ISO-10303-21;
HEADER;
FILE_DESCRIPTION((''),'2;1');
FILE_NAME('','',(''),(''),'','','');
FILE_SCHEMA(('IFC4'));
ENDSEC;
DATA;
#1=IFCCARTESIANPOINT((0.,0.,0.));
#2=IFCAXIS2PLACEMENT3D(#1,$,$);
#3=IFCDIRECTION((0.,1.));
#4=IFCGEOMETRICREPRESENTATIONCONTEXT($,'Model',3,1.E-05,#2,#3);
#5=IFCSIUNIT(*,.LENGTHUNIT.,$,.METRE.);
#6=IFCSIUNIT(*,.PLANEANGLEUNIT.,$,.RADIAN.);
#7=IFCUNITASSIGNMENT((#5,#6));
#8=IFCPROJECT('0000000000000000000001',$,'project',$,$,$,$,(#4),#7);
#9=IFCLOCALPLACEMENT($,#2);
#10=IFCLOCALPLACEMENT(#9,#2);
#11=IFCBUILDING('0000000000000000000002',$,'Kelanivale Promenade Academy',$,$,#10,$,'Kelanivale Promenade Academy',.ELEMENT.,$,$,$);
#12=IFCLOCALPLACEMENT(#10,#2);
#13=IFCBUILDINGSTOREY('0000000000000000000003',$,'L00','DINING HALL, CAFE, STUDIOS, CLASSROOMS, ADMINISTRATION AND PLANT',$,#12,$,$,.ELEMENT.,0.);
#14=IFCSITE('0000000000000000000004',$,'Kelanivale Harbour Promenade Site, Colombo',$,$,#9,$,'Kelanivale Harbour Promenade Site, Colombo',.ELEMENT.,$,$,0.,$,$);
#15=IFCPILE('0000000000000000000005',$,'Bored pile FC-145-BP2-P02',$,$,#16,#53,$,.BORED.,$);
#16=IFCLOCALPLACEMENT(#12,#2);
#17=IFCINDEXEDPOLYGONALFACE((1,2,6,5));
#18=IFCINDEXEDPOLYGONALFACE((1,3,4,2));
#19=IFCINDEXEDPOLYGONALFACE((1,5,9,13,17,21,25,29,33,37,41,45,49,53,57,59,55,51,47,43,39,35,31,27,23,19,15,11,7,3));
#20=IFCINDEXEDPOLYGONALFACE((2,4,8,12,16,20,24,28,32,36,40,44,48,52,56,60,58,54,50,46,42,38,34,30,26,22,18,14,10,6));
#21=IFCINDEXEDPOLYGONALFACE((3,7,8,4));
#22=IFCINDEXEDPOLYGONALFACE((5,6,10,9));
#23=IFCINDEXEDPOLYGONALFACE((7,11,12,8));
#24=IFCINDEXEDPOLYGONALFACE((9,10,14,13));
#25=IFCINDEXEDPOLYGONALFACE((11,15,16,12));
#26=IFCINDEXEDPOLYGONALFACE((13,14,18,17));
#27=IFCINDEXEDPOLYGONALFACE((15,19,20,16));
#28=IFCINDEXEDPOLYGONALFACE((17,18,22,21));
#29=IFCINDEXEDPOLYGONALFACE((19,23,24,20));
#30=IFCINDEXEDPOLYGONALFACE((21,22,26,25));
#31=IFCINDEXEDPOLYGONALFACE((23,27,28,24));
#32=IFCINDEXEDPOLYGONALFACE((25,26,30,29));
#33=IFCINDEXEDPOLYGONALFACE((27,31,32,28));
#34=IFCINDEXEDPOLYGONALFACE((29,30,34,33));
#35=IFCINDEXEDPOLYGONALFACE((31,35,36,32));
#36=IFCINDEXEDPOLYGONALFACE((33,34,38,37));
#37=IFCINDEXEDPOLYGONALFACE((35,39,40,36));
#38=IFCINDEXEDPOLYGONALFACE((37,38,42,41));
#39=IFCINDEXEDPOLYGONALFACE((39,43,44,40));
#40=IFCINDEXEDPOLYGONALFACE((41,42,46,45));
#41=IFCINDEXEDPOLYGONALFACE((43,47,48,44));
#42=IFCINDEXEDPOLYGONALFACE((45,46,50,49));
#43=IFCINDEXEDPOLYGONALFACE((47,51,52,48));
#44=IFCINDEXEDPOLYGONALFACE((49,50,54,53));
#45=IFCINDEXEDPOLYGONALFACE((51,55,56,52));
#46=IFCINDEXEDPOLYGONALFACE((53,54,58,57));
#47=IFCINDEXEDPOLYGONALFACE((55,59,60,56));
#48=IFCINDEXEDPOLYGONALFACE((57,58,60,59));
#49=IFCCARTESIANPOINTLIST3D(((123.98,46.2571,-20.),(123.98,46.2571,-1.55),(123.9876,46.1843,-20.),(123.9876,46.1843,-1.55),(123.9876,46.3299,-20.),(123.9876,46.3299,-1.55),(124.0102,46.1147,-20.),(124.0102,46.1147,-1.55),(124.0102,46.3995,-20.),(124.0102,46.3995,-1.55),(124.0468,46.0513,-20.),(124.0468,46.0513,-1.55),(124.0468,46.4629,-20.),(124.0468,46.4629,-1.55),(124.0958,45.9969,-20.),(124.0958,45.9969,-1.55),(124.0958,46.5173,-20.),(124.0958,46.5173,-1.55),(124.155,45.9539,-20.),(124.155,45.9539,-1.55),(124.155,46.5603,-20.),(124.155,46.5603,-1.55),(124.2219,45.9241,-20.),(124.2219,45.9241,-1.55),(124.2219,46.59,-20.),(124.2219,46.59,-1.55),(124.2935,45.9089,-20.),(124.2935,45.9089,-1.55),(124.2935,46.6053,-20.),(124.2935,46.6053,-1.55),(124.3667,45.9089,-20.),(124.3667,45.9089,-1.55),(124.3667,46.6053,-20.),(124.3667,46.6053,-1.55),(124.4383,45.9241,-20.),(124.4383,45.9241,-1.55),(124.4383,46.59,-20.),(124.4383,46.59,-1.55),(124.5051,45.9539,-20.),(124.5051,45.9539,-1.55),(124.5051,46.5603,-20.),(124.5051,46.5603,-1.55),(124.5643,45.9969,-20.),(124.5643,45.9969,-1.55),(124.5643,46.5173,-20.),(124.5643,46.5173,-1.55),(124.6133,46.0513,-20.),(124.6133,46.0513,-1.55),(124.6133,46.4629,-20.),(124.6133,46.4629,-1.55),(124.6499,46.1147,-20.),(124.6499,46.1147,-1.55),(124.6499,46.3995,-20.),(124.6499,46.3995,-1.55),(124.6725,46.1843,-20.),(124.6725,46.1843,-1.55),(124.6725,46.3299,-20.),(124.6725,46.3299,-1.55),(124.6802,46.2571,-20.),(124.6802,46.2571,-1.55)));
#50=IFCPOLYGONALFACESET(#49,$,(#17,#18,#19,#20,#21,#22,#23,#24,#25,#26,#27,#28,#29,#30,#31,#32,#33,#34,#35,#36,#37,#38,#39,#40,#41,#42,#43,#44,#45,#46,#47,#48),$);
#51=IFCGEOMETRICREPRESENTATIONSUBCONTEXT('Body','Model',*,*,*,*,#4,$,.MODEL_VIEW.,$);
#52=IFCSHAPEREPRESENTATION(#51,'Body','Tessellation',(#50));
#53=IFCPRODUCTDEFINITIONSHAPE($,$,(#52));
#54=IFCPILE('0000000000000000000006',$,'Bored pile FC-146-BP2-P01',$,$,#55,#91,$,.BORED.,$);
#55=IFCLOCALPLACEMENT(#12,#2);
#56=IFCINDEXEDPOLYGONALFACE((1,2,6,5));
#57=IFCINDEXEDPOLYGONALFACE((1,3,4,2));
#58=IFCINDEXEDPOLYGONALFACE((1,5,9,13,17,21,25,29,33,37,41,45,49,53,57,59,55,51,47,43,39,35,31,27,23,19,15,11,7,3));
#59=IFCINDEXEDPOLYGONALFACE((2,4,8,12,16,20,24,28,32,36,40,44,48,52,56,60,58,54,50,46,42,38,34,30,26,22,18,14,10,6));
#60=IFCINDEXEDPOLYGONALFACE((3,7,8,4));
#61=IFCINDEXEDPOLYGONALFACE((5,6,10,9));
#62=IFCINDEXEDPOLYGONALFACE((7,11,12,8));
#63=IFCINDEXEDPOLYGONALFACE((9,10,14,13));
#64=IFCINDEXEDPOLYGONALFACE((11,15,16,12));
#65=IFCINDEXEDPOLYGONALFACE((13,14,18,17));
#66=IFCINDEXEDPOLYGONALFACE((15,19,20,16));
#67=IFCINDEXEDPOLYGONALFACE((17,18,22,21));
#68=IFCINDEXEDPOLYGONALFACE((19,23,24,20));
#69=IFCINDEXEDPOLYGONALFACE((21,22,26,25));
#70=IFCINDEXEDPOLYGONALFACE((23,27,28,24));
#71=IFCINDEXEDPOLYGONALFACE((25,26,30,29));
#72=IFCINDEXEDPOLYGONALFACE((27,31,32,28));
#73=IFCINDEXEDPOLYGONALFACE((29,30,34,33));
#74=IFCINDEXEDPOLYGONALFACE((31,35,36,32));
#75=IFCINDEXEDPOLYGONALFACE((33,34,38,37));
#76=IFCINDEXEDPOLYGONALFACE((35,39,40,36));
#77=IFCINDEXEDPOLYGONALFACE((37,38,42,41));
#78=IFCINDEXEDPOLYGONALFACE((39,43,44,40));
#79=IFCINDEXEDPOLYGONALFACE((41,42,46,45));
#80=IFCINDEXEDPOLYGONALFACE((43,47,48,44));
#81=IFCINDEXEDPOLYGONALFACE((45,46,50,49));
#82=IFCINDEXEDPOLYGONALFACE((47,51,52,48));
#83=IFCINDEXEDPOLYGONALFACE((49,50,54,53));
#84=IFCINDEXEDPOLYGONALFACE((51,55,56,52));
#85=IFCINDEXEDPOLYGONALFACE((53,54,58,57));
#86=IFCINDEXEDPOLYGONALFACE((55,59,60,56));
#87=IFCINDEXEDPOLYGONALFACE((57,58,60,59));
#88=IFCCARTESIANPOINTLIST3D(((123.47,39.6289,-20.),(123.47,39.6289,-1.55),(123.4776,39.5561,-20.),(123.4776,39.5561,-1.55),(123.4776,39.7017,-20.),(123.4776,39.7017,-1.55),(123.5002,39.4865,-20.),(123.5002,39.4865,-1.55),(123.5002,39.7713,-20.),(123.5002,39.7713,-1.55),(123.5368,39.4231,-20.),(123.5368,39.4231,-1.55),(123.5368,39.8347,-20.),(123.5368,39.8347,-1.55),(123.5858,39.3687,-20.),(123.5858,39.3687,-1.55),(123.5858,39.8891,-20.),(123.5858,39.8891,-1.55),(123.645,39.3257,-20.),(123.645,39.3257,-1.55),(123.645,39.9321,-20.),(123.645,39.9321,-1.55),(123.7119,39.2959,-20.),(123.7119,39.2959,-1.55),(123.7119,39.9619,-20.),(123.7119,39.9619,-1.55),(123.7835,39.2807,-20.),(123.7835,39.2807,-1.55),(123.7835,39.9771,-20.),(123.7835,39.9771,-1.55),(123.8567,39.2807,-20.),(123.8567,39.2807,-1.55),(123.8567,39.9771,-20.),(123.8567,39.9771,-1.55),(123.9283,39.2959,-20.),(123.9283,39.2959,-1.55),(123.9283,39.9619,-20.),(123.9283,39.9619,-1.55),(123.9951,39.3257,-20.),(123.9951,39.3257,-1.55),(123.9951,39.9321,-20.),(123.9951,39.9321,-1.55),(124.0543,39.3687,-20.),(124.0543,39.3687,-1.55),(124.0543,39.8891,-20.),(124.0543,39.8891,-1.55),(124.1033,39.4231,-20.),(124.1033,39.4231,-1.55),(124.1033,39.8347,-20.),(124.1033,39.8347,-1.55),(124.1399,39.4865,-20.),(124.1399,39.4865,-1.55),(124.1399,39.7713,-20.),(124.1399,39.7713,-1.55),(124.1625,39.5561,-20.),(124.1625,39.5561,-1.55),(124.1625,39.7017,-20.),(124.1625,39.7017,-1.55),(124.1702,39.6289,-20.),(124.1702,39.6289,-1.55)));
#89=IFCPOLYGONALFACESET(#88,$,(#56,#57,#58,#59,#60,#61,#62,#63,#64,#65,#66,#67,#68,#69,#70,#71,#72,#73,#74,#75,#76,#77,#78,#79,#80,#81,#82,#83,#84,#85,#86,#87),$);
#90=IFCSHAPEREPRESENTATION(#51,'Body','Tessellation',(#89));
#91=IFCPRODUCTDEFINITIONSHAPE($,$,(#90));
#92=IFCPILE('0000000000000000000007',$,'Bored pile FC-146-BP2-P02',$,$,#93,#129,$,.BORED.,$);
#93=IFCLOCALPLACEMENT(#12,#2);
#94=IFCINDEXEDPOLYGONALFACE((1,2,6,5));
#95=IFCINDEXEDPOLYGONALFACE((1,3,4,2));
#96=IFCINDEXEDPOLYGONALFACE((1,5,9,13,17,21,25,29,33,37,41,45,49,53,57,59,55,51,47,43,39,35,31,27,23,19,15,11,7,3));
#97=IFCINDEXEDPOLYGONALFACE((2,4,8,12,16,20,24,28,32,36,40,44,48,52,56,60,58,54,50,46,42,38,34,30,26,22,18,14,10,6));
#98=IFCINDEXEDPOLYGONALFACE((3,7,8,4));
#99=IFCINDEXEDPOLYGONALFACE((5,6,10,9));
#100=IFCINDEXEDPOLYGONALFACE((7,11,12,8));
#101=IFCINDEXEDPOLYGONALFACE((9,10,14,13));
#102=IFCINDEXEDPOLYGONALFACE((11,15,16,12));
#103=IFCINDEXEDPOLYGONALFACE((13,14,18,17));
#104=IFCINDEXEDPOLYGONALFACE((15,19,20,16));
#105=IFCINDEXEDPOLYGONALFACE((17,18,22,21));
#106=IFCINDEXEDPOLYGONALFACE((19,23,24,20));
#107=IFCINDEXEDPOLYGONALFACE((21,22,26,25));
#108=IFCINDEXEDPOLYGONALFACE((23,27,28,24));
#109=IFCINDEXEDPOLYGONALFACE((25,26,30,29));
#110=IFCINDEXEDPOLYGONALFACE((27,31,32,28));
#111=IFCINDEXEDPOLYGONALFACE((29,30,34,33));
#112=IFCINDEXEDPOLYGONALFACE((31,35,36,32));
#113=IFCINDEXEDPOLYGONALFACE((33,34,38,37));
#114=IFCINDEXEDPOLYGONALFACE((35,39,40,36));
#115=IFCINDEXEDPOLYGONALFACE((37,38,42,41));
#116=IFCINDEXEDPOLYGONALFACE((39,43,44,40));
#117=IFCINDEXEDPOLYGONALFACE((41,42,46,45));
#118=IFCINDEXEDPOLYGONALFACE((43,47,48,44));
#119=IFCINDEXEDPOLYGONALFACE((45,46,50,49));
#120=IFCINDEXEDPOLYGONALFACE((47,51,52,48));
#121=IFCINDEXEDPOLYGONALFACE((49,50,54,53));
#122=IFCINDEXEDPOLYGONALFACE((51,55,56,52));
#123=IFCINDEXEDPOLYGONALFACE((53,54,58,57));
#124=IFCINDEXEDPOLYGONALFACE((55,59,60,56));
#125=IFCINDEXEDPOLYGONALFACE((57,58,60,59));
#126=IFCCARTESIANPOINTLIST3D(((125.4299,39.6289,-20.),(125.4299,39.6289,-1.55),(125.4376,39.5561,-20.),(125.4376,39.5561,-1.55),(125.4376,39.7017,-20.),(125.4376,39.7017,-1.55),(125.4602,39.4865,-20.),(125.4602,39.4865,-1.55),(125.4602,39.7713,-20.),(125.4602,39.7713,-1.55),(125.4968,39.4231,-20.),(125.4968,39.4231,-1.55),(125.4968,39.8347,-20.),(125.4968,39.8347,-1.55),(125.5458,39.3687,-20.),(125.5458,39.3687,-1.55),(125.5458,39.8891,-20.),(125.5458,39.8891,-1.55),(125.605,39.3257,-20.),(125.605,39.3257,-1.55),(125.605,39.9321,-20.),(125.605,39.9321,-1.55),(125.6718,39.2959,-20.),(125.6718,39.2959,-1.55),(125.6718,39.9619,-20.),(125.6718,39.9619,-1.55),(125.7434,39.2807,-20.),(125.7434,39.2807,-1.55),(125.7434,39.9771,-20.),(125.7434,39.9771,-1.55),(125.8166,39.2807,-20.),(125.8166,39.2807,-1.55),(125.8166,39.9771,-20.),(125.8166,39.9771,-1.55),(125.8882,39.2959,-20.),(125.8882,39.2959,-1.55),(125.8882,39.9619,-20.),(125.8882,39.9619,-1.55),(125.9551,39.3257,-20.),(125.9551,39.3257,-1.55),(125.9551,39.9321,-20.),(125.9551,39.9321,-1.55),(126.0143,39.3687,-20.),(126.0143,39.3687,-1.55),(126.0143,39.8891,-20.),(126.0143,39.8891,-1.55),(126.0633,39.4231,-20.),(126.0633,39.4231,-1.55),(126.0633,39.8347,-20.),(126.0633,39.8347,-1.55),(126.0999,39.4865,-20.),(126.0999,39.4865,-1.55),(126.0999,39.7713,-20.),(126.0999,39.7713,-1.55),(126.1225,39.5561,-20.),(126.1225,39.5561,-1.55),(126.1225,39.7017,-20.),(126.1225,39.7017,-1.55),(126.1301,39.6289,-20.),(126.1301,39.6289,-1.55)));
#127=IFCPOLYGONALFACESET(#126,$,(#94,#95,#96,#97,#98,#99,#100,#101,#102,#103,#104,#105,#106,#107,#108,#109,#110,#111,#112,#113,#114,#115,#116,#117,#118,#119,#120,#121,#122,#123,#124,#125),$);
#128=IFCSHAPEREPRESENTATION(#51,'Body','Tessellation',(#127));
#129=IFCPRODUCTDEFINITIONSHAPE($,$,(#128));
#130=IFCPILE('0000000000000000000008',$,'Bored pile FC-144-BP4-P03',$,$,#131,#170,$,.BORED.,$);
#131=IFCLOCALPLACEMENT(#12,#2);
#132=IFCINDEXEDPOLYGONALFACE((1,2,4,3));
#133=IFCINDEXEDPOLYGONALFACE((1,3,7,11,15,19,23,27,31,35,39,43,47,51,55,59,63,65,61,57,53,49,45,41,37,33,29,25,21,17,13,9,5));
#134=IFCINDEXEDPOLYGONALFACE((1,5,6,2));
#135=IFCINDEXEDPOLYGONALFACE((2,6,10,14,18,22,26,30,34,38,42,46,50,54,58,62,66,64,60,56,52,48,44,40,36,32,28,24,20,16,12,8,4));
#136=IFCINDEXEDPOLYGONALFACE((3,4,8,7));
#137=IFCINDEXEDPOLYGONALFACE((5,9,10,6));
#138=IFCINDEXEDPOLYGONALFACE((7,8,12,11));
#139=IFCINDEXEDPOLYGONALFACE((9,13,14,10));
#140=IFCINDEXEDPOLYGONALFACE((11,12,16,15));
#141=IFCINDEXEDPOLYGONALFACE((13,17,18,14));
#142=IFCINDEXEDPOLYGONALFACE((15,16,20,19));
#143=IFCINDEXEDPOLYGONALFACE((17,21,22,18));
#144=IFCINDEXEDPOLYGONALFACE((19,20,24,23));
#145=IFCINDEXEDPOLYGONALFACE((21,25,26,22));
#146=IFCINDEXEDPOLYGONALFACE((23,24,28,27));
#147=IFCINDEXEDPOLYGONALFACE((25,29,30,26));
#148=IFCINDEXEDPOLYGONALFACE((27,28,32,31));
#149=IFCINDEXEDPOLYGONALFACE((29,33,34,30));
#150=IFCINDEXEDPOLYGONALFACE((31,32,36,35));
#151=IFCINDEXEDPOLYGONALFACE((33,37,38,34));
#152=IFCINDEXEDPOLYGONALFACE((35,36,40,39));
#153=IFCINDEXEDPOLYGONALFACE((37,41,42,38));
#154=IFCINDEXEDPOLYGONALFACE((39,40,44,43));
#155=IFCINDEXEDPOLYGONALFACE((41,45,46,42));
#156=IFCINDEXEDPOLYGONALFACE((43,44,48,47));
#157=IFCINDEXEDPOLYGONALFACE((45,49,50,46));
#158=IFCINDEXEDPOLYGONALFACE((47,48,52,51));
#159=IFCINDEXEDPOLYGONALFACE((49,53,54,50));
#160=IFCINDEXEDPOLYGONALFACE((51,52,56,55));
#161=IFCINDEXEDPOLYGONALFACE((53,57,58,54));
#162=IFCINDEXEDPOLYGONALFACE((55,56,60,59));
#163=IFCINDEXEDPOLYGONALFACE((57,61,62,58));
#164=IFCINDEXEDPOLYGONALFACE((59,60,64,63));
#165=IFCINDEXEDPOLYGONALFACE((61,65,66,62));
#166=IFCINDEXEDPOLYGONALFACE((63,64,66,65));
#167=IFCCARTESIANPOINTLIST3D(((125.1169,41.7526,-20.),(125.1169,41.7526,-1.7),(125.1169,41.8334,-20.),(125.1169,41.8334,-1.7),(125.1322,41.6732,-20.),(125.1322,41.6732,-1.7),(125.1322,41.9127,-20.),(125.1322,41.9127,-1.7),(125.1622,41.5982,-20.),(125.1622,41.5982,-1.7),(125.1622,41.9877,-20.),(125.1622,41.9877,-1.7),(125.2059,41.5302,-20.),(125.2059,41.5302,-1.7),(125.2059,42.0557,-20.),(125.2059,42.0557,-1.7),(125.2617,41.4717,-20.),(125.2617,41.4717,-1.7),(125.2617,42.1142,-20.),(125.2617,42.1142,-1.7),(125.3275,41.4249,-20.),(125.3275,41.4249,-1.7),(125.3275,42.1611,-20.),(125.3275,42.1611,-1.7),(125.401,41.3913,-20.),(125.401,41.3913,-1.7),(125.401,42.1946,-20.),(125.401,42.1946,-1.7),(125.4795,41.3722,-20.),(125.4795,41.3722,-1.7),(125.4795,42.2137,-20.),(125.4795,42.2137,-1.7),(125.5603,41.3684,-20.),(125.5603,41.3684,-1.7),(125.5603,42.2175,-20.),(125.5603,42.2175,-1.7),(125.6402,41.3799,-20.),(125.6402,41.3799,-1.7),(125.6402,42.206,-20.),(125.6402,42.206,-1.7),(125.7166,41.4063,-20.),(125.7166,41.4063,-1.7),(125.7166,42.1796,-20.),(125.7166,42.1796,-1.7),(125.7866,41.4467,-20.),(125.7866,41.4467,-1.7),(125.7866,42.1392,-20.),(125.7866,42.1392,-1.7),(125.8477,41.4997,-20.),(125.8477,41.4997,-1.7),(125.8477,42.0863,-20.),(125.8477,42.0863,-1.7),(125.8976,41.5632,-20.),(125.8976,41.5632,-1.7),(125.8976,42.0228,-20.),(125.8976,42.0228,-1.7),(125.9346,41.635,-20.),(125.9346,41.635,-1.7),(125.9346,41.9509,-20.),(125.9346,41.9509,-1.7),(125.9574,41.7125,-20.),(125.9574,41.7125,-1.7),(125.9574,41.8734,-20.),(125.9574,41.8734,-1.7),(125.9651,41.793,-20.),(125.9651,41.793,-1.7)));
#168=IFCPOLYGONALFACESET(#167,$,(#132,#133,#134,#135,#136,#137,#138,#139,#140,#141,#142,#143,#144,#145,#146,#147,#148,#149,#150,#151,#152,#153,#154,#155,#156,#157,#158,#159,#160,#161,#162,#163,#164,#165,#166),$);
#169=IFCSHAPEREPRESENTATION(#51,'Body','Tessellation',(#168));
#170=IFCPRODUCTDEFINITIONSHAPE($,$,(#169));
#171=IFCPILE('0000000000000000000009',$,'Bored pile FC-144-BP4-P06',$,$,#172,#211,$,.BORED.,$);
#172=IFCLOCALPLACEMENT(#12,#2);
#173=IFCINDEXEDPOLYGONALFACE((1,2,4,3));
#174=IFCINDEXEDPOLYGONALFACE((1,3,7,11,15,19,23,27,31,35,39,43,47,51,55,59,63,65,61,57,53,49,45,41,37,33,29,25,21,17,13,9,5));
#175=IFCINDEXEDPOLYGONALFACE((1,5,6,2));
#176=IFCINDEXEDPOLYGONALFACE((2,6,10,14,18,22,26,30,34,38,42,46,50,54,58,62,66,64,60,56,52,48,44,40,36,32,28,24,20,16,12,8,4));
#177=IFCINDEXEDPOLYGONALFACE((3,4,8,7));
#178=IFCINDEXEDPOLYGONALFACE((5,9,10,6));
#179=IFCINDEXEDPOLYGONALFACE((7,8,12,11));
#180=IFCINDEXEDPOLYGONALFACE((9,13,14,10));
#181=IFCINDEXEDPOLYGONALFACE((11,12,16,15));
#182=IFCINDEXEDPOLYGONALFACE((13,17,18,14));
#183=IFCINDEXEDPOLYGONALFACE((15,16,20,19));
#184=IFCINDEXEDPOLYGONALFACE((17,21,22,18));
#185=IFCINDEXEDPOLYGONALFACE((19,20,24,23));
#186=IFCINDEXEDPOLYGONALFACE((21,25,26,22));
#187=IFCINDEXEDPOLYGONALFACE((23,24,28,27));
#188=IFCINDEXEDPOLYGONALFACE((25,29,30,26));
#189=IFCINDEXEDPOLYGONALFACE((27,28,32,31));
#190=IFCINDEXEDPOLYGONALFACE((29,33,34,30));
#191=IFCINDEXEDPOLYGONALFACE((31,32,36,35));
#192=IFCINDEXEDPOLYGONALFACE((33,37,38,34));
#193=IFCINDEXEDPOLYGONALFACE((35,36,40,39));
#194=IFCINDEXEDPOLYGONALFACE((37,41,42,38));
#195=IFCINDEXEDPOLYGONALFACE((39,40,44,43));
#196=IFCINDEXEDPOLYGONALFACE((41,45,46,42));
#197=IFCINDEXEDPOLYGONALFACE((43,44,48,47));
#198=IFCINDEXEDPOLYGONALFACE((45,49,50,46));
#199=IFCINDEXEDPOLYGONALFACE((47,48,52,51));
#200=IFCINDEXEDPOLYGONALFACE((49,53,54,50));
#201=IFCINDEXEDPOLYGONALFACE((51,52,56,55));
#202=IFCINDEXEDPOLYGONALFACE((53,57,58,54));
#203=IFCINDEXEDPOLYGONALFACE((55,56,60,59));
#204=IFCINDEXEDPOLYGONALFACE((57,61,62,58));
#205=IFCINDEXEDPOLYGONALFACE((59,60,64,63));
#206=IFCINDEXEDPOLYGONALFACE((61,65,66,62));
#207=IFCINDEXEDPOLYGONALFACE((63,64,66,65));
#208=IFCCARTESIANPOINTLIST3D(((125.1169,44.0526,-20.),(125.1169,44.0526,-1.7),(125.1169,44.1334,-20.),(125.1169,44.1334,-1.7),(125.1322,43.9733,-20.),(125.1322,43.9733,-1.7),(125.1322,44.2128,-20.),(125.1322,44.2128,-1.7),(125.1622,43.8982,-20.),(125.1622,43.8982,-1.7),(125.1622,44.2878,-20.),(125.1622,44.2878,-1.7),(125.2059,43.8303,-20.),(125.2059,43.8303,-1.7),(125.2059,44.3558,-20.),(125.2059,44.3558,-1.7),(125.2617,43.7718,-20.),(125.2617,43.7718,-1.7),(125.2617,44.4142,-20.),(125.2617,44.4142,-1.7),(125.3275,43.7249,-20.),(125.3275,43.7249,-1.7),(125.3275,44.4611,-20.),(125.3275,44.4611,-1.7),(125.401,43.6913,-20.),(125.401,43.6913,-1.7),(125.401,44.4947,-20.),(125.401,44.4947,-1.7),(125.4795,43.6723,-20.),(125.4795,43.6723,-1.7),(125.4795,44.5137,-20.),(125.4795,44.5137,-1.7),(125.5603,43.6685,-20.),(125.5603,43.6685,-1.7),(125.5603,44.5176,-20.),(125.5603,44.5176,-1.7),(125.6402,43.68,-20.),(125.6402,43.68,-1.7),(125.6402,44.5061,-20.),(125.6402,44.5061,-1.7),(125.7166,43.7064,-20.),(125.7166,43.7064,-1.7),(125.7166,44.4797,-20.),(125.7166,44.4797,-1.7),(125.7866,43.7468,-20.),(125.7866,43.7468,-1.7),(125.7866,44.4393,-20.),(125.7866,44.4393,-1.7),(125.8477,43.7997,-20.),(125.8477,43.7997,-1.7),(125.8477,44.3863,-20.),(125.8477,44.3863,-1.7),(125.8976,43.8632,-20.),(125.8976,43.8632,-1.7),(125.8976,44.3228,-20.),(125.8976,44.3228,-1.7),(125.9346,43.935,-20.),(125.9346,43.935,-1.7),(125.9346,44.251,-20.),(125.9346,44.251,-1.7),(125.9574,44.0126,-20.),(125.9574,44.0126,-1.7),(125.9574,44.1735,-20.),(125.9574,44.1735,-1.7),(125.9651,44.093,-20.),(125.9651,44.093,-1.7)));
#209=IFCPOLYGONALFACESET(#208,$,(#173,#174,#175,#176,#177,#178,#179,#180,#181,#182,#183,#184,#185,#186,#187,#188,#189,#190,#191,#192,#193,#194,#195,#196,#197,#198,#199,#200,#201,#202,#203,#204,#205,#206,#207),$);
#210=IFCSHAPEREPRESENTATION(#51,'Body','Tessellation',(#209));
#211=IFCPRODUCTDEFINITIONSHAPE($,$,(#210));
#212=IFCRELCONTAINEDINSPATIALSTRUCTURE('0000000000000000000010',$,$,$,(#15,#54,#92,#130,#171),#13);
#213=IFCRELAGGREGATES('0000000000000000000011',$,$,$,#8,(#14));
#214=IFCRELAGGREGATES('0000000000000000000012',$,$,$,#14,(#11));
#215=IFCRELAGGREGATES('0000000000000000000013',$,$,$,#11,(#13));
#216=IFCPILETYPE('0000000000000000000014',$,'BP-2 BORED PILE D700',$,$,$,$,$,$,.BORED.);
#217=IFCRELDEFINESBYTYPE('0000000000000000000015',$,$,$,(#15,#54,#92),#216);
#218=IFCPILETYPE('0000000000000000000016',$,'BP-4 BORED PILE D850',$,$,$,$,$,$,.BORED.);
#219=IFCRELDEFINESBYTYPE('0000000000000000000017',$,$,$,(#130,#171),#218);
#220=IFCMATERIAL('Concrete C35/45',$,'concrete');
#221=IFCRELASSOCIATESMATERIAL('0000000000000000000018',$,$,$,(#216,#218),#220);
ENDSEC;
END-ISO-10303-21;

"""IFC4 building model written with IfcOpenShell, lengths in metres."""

from ifc_helpers import new_model, si_unit, direction, frame, origin, origin_2d, place, context, subcontext, project, spatial, circle, extrude, material, material_profile, profile_set, type_object, element, save


model = new_model("IFC4")

# Units and contexts
model_context = context("Model", 3, precision=1e-05, world=origin(), true_north=direction((0.0, 1.0)))
body_context = subcontext(model_context, "Body", "Model", "MODEL_VIEW")
ifc_project = project(units=[si_unit("LENGTHUNIT", "METRE"), si_unit("PLANEANGLEUNIT", "RADIAN")], contexts=[model_context])

# Site, building, storey
site_placement = place(None, origin())
site = spatial("IfcSite", under=ifc_project, at=site_placement, Name="Kelanivale Harbour Promenade Site, Colombo", LongName="Kelanivale Harbour Promenade Site, Colombo", CompositionType="ELEMENT", RefElevation=0.0)
building_placement = place(site_placement, origin())
building = spatial("IfcBuilding", under=site, at=building_placement, Name="Kelanivale Promenade Academy", LongName="Kelanivale Promenade Academy", CompositionType="ELEMENT")
storey_placement = place(building_placement, origin())
storey = spatial("IfcBuildingStorey", under=building, at=storey_placement, Name="L00", Description="DINING HALL, CAFE, STUDIOS, CLASSROOMS, ADMINISTRATION AND PLANT", CompositionType="ELEMENT", Elevation=0.0)

# Piles
ifc_material_1 = material(Name="Concrete C35/45", Category="concrete")
ifc_material_profile_1 = material_profile(ifc_material_1, circle(Radius=0.3501, at=origin_2d()), Name="BORED PILE D700")
ifc_profile_set_1 = profile_set([ifc_material_profile_1], Name="Concrete C35/45")
pile_type_1 = type_object("IfcPileType", Name="BP-2 BORED PILE D700", PredefinedType="BORED", material=ifc_profile_set_1)
for number, where, z_axis, x_axis, name in (
    (1, (124.3301, 46.2571, -1.55), (0.0, 0.0, -1.0), (1.0, 0.0, 0.0), "Bored pile FC-145-BP2-P02"),
    (2, (123.8201, 39.6289, -1.55), (0.0, 0.0, -1.0), (1.0, 0.0, 0.0), "Bored pile FC-146-BP2-P01"),
    (3, (125.78, 39.6289, -1.55), (0.0, 0.0, -1.0), (1.0, 0.0, 0.0), "Bored pile FC-146-BP2-P02"),
):
    element("IfcPile", number, at=place(storey_placement, frame(where, z_axis=z_axis, x_axis=x_axis)), inside=storey, type_object=pile_type_1, Name=name, PredefinedType="BORED", context=body_context, shape_type="SweptSolid", body=[
        extrude(circle(Radius=0.3501, at=origin_2d()), origin(), (0.0, 0.0, 1.0), 18.45),
    ])
ifc_material_profile_2 = material_profile(ifc_material_1, circle(Radius=0.425, at=origin_2d()), Name="BORED PILE D850")
ifc_profile_set_2 = profile_set([ifc_material_profile_2], Name="Concrete C35/45")
pile_type_2 = type_object("IfcPileType", Name="BP-4 BORED PILE D850", PredefinedType="BORED", material=ifc_profile_set_2)
for number, where, z_axis, x_axis, name in (
    (4, (125.54, 41.793, -1.7), (0.0, 0.0, -1.0), (1.0, 0.0, 0.0), "Bored pile FC-144-BP4-P03"),
    (5, (125.54, 44.093, -1.7), (0.0, 0.0, -1.0), (1.0, 0.0, 0.0), "Bored pile FC-144-BP4-P06"),
):
    element("IfcPile", number, at=place(storey_placement, frame(where, z_axis=z_axis, x_axis=x_axis)), inside=storey, type_object=pile_type_2, Name=name, PredefinedType="BORED", context=body_context, shape_type="SweptSolid", body=[
        extrude(circle(Radius=0.425, at=origin_2d()), origin(), (0.0, 0.0, 1.0), 18.3),
    ])

save(model, "model.ifc")
